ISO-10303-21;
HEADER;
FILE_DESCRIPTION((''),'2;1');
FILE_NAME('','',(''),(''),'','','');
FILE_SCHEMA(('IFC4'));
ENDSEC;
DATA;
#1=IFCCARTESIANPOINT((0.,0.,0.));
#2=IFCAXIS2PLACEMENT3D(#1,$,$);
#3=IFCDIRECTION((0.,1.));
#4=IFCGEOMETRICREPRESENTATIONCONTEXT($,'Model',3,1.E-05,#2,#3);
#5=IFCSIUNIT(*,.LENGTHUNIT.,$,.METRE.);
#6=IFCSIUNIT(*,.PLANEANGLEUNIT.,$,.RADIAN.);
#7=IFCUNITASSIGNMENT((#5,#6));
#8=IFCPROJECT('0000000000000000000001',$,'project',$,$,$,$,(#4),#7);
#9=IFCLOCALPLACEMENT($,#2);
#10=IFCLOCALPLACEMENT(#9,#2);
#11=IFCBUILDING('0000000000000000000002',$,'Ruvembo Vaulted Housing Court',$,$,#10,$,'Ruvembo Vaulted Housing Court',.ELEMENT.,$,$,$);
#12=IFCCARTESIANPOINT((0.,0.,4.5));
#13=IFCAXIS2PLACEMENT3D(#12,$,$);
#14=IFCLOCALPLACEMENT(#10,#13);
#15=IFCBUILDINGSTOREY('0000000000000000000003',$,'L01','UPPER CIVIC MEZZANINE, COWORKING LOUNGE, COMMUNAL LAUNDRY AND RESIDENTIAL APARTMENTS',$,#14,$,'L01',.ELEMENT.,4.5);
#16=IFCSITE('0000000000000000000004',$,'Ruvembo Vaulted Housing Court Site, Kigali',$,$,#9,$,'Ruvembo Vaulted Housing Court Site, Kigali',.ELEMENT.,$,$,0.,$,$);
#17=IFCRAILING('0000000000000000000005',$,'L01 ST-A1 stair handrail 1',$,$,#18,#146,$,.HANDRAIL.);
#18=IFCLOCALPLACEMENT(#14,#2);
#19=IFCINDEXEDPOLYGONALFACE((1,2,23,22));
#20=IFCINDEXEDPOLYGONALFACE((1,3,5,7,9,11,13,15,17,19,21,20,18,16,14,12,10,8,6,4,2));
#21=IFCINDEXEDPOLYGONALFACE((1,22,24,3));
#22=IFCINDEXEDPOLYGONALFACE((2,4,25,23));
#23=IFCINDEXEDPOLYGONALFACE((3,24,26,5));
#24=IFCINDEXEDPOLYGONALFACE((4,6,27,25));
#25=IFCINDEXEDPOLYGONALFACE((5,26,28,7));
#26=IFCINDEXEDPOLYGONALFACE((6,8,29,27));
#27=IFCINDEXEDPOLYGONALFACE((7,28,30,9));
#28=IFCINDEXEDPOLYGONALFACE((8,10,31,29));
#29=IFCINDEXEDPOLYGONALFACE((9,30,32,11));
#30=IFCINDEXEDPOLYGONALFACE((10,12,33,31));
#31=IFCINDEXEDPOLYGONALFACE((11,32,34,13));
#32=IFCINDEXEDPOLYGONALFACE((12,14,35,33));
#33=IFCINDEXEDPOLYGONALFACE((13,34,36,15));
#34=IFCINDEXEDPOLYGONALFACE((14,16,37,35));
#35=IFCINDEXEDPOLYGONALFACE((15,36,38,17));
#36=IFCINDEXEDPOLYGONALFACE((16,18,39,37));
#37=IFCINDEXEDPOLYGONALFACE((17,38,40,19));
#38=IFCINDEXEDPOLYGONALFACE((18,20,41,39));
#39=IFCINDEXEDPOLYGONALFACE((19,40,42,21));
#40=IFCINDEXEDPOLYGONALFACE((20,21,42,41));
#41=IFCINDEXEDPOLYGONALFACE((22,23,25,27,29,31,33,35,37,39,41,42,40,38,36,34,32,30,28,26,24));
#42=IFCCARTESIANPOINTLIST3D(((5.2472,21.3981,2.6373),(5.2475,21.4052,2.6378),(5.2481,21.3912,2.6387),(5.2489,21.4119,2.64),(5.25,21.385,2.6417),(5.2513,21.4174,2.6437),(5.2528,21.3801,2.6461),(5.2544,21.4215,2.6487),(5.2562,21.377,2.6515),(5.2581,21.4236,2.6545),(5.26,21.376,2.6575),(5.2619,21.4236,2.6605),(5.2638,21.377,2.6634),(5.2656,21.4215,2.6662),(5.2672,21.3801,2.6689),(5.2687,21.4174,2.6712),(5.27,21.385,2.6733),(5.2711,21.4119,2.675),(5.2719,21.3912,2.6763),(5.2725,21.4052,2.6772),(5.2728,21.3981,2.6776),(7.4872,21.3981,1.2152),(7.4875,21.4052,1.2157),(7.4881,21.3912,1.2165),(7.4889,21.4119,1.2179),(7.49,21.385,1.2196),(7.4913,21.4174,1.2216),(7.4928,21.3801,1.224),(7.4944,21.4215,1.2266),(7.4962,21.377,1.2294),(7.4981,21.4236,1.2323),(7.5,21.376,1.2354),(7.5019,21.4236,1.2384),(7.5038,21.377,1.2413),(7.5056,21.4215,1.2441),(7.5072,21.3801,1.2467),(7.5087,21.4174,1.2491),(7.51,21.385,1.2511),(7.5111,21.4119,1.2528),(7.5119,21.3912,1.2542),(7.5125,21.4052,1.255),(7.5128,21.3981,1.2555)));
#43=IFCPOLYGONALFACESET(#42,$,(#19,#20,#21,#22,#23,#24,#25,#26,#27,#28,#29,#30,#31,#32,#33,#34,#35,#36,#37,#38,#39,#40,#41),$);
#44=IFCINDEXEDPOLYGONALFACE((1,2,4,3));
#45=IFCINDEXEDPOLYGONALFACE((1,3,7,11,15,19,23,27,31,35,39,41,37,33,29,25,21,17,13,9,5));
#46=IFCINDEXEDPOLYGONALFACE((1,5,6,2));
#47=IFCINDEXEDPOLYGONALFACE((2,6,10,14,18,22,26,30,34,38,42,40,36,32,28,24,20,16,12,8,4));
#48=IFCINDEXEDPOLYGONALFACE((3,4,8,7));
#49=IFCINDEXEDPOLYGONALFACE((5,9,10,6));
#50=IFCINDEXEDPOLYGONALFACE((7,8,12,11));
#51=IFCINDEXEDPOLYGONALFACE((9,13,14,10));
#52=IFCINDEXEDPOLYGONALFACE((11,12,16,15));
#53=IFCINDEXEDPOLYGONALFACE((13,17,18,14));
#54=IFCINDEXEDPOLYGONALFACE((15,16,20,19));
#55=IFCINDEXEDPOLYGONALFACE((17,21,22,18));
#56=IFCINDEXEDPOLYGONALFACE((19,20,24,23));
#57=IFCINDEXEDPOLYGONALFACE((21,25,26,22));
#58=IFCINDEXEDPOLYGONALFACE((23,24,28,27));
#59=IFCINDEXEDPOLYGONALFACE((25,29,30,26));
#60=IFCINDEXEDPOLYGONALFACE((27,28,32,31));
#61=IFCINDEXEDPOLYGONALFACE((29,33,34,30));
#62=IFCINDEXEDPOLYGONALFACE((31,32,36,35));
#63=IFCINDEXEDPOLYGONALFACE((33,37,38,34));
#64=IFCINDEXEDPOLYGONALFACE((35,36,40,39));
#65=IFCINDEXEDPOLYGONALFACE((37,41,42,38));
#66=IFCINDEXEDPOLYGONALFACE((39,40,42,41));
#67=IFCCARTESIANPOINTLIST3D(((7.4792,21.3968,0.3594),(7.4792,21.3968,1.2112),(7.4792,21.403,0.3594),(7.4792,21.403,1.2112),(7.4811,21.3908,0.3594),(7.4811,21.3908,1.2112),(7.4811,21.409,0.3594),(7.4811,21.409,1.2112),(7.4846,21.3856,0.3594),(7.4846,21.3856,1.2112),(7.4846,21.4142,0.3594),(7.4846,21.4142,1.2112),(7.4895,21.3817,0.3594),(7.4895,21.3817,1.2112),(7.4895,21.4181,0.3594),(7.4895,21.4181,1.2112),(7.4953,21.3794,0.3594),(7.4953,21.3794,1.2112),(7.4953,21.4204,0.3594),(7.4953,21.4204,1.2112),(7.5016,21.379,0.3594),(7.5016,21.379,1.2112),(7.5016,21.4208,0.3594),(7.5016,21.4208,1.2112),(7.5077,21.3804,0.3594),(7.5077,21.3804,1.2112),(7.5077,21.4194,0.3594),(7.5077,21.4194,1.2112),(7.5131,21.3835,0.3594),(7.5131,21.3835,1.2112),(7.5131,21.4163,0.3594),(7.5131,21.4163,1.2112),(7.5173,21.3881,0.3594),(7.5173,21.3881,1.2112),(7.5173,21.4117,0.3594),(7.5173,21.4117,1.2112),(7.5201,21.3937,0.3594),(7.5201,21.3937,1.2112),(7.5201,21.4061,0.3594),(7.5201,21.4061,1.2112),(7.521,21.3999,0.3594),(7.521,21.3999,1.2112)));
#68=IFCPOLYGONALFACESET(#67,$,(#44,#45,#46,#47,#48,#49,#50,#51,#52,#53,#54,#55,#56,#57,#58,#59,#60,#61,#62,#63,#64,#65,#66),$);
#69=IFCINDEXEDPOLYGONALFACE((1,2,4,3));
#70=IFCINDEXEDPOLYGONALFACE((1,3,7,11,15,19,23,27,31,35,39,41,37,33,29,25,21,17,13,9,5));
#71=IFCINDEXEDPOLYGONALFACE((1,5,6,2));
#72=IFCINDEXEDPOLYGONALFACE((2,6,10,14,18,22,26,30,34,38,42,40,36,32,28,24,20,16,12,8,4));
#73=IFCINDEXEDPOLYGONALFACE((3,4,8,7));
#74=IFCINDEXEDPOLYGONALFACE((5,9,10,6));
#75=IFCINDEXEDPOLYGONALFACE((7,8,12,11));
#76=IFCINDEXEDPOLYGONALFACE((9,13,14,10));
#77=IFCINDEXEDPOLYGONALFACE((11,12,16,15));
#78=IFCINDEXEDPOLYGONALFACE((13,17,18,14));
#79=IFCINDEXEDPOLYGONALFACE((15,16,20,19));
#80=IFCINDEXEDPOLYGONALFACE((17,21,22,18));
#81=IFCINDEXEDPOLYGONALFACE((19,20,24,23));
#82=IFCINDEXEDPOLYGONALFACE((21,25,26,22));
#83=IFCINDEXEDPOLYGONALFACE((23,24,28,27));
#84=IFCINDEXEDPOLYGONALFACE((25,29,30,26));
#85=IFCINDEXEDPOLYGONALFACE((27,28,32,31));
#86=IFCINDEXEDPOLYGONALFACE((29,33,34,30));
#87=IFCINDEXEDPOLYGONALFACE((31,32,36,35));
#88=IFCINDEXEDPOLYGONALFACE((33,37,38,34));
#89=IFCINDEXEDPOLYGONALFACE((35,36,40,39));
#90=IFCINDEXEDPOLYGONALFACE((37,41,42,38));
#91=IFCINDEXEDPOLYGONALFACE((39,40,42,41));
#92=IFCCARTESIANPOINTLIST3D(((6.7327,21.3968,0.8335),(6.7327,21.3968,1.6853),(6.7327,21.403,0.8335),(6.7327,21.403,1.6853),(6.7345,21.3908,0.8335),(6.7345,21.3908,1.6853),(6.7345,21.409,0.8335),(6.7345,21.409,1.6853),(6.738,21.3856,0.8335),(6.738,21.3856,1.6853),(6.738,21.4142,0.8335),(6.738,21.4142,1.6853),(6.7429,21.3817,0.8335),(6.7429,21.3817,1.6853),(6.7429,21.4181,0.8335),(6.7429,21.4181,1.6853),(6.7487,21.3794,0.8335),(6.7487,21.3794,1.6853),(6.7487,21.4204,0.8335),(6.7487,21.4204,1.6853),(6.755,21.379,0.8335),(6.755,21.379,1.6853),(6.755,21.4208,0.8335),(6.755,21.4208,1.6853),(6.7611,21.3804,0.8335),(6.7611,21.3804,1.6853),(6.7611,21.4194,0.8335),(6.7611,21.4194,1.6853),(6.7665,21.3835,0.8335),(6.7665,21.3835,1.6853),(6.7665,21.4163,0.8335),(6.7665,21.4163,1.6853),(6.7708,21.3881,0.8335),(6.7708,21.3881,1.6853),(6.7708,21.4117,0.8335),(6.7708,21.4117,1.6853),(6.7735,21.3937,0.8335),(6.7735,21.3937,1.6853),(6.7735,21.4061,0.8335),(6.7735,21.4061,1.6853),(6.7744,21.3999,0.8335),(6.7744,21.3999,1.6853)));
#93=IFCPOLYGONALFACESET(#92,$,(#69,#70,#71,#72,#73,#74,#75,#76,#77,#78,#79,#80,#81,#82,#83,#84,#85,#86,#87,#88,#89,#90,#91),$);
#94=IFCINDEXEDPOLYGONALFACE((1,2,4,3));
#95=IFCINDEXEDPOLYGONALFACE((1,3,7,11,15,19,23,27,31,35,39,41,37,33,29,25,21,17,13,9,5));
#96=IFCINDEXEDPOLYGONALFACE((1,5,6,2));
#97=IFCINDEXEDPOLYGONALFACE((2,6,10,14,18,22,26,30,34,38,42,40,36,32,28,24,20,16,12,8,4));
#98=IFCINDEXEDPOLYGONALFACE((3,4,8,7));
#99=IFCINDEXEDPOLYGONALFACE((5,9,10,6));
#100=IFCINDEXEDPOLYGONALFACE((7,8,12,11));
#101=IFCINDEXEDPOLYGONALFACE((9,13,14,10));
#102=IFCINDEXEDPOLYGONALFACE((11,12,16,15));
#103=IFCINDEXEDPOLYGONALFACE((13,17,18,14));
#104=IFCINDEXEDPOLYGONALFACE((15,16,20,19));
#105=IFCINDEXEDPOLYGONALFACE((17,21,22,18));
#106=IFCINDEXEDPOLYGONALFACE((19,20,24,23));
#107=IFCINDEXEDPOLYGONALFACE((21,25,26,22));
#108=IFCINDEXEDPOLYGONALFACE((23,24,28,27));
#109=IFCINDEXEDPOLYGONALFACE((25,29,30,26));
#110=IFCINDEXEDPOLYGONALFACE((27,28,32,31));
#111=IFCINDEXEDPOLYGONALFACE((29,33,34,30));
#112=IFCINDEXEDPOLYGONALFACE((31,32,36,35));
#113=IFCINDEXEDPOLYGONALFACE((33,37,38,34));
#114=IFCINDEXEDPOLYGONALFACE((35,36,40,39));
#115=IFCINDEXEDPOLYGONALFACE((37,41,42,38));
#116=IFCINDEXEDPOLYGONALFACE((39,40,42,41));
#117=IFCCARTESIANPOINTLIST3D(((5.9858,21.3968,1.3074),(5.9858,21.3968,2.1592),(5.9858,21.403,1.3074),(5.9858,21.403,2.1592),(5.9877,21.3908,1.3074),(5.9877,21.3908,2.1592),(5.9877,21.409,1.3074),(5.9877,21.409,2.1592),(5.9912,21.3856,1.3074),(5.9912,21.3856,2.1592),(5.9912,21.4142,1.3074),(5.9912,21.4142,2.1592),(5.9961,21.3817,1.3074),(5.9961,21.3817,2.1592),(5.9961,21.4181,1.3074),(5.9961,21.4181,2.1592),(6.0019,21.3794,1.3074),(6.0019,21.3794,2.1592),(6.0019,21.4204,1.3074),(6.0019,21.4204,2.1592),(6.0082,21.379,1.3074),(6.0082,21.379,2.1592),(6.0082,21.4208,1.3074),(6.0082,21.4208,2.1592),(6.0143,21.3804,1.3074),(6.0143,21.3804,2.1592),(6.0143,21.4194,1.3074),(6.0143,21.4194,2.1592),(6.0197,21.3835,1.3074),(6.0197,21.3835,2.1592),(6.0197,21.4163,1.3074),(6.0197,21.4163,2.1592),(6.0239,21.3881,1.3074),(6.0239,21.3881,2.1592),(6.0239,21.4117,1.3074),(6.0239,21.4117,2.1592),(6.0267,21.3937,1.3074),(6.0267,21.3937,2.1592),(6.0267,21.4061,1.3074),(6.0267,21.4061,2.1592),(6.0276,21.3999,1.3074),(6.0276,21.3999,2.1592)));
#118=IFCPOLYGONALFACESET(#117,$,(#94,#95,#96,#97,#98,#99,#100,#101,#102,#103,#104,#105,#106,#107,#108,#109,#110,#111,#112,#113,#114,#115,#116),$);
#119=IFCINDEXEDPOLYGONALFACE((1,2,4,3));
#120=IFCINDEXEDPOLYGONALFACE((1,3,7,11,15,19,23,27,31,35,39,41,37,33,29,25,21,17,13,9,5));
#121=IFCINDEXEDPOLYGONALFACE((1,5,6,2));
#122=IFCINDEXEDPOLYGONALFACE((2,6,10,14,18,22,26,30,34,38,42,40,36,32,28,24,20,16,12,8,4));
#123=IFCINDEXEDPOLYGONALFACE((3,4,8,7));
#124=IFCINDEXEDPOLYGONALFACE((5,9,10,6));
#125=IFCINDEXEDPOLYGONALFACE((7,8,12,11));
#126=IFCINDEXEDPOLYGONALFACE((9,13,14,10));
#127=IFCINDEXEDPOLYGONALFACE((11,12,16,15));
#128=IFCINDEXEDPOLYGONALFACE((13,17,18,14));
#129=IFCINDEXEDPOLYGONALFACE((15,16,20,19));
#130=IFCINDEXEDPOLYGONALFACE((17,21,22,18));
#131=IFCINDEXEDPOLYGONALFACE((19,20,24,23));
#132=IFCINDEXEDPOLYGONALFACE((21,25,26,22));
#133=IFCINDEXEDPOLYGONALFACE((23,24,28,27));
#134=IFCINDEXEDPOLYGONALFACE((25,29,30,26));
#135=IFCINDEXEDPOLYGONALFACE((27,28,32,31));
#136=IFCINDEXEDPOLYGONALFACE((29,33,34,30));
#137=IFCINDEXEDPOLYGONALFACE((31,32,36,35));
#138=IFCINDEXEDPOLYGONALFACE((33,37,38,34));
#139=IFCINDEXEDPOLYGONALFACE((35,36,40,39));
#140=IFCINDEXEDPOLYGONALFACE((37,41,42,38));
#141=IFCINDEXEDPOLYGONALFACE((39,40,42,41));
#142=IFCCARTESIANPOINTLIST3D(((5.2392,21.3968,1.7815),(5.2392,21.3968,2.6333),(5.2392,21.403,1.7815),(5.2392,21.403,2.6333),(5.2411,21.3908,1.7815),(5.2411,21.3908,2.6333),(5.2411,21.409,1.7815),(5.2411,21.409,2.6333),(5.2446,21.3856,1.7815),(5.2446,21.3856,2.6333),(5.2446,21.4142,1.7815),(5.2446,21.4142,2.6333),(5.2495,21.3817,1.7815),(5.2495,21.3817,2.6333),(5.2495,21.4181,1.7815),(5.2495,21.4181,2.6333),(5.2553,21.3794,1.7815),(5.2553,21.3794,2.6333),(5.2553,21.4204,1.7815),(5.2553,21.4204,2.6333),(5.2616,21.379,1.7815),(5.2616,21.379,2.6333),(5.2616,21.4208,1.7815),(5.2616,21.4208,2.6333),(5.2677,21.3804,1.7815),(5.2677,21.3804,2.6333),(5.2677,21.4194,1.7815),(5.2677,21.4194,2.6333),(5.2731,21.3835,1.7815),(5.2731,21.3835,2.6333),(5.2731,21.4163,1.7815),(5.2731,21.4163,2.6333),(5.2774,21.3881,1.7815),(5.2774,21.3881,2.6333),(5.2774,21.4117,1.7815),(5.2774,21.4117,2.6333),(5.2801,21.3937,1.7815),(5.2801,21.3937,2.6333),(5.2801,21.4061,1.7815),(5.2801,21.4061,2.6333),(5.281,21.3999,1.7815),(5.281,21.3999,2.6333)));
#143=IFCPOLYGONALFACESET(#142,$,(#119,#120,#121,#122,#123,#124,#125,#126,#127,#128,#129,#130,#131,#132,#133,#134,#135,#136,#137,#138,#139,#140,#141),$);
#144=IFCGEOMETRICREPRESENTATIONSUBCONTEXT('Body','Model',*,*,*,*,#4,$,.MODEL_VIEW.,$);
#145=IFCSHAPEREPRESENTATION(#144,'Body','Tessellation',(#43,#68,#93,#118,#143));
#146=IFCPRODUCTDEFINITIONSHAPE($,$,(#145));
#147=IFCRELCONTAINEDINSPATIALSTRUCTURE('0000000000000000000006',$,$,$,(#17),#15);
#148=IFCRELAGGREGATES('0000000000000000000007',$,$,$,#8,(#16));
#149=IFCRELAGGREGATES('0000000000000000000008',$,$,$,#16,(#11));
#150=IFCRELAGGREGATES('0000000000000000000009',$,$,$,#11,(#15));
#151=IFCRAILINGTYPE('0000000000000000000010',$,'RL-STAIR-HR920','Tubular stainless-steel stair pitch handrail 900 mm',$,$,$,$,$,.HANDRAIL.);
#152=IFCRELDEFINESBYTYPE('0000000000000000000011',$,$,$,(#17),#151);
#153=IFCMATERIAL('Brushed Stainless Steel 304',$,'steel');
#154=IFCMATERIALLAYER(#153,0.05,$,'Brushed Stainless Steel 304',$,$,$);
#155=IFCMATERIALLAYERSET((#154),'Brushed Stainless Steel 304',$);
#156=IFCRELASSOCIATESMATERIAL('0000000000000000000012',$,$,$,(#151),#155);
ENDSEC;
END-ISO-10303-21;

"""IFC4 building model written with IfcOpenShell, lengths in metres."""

from ifc_helpers import new_model, si_unit, direction, frame, origin, origin_2d, place, context, subcontext, project, spatial, circle, extrude, material, layer, layer_set, type_object, element, save


model = new_model("IFC4")

# Units and contexts
model_context = context("Model", 3, precision=1e-05, world=origin(), true_north=direction((0.0, 1.0)))
body_context = subcontext(model_context, "Body", "Model", "MODEL_VIEW")
ifc_project = project(units=[si_unit("LENGTHUNIT", "METRE"), si_unit("PLANEANGLEUNIT", "RADIAN")], contexts=[model_context])

# Site, building, storey
site_placement = place(None, origin())
site = spatial("IfcSite", under=ifc_project, at=site_placement, Name="Ruvembo Vaulted Housing Court Site, Kigali", LongName="Ruvembo Vaulted Housing Court Site, Kigali", CompositionType="ELEMENT", RefElevation=0.0)
building_placement = place(site_placement, origin())
building = spatial("IfcBuilding", under=site, at=building_placement, Name="Ruvembo Vaulted Housing Court", LongName="Ruvembo Vaulted Housing Court", CompositionType="ELEMENT")
storey_placement = place(building_placement, frame((0.0, 0.0, 4.5)))
storey = spatial("IfcBuildingStorey", under=building, at=storey_placement, Name="L01", Description="UPPER CIVIC MEZZANINE, COWORKING LOUNGE, COMMUNAL LAUNDRY AND RESIDENTIAL APARTMENTS", LongName="L01", CompositionType="ELEMENT", Elevation=4.5)

# Railing
ifc_material_1 = material(Name="Brushed Stainless Steel 304", Category="steel")
ifc_layer_1 = layer(ifc_material_1, 0.05, Name="Brushed Stainless Steel 304")
ifc_layer_set_1 = layer_set([ifc_layer_1], Name="Brushed Stainless Steel 304")
railing_type_1 = type_object("IfcRailingType", Name="RL-STAIR-HR920", Description="Tubular stainless-steel stair pitch handrail 900 mm", PredefinedType="HANDRAIL", material=ifc_layer_set_1)
railing_1_placement = place(storey_placement, frame((7.5, 21.3999, 0.3594)))
element("IfcRailing", 1, at=railing_1_placement, inside=storey, type_object=railing_type_1, Name="L01 ST-A1 stair handrail 1", PredefinedType="HANDRAIL", context=body_context, shape_type="SweptSolid", body=[
    extrude(circle(Radius=0.0239, at=origin_2d()), frame((0.0, 0.0, 0.876), z_axis=(-0.844229, 0.0, 0.535982), x_axis=(0.0, -1.0, 0.0)), (0.0, 0.0, 1.0), 2.6533),
    extrude(circle(Radius=0.021, at=origin_2d()), origin(), (0.0, 0.0, 1.0), 0.8518),
    extrude(circle(Radius=0.021, at=origin_2d()), frame((-0.7466, 0.0, 0.4741)), (0.0, 0.0, 1.0), 0.8518),
    extrude(circle(Radius=0.021, at=origin_2d()), frame((-1.4934, 0.0, 0.948)), (0.0, 0.0, 1.0), 0.8518),
    extrude(circle(Radius=0.021, at=origin_2d()), frame((-2.24, 0.0, 1.4221)), (0.0, 0.0, 1.0), 0.8518),
])

save(model, "model.ifc")
